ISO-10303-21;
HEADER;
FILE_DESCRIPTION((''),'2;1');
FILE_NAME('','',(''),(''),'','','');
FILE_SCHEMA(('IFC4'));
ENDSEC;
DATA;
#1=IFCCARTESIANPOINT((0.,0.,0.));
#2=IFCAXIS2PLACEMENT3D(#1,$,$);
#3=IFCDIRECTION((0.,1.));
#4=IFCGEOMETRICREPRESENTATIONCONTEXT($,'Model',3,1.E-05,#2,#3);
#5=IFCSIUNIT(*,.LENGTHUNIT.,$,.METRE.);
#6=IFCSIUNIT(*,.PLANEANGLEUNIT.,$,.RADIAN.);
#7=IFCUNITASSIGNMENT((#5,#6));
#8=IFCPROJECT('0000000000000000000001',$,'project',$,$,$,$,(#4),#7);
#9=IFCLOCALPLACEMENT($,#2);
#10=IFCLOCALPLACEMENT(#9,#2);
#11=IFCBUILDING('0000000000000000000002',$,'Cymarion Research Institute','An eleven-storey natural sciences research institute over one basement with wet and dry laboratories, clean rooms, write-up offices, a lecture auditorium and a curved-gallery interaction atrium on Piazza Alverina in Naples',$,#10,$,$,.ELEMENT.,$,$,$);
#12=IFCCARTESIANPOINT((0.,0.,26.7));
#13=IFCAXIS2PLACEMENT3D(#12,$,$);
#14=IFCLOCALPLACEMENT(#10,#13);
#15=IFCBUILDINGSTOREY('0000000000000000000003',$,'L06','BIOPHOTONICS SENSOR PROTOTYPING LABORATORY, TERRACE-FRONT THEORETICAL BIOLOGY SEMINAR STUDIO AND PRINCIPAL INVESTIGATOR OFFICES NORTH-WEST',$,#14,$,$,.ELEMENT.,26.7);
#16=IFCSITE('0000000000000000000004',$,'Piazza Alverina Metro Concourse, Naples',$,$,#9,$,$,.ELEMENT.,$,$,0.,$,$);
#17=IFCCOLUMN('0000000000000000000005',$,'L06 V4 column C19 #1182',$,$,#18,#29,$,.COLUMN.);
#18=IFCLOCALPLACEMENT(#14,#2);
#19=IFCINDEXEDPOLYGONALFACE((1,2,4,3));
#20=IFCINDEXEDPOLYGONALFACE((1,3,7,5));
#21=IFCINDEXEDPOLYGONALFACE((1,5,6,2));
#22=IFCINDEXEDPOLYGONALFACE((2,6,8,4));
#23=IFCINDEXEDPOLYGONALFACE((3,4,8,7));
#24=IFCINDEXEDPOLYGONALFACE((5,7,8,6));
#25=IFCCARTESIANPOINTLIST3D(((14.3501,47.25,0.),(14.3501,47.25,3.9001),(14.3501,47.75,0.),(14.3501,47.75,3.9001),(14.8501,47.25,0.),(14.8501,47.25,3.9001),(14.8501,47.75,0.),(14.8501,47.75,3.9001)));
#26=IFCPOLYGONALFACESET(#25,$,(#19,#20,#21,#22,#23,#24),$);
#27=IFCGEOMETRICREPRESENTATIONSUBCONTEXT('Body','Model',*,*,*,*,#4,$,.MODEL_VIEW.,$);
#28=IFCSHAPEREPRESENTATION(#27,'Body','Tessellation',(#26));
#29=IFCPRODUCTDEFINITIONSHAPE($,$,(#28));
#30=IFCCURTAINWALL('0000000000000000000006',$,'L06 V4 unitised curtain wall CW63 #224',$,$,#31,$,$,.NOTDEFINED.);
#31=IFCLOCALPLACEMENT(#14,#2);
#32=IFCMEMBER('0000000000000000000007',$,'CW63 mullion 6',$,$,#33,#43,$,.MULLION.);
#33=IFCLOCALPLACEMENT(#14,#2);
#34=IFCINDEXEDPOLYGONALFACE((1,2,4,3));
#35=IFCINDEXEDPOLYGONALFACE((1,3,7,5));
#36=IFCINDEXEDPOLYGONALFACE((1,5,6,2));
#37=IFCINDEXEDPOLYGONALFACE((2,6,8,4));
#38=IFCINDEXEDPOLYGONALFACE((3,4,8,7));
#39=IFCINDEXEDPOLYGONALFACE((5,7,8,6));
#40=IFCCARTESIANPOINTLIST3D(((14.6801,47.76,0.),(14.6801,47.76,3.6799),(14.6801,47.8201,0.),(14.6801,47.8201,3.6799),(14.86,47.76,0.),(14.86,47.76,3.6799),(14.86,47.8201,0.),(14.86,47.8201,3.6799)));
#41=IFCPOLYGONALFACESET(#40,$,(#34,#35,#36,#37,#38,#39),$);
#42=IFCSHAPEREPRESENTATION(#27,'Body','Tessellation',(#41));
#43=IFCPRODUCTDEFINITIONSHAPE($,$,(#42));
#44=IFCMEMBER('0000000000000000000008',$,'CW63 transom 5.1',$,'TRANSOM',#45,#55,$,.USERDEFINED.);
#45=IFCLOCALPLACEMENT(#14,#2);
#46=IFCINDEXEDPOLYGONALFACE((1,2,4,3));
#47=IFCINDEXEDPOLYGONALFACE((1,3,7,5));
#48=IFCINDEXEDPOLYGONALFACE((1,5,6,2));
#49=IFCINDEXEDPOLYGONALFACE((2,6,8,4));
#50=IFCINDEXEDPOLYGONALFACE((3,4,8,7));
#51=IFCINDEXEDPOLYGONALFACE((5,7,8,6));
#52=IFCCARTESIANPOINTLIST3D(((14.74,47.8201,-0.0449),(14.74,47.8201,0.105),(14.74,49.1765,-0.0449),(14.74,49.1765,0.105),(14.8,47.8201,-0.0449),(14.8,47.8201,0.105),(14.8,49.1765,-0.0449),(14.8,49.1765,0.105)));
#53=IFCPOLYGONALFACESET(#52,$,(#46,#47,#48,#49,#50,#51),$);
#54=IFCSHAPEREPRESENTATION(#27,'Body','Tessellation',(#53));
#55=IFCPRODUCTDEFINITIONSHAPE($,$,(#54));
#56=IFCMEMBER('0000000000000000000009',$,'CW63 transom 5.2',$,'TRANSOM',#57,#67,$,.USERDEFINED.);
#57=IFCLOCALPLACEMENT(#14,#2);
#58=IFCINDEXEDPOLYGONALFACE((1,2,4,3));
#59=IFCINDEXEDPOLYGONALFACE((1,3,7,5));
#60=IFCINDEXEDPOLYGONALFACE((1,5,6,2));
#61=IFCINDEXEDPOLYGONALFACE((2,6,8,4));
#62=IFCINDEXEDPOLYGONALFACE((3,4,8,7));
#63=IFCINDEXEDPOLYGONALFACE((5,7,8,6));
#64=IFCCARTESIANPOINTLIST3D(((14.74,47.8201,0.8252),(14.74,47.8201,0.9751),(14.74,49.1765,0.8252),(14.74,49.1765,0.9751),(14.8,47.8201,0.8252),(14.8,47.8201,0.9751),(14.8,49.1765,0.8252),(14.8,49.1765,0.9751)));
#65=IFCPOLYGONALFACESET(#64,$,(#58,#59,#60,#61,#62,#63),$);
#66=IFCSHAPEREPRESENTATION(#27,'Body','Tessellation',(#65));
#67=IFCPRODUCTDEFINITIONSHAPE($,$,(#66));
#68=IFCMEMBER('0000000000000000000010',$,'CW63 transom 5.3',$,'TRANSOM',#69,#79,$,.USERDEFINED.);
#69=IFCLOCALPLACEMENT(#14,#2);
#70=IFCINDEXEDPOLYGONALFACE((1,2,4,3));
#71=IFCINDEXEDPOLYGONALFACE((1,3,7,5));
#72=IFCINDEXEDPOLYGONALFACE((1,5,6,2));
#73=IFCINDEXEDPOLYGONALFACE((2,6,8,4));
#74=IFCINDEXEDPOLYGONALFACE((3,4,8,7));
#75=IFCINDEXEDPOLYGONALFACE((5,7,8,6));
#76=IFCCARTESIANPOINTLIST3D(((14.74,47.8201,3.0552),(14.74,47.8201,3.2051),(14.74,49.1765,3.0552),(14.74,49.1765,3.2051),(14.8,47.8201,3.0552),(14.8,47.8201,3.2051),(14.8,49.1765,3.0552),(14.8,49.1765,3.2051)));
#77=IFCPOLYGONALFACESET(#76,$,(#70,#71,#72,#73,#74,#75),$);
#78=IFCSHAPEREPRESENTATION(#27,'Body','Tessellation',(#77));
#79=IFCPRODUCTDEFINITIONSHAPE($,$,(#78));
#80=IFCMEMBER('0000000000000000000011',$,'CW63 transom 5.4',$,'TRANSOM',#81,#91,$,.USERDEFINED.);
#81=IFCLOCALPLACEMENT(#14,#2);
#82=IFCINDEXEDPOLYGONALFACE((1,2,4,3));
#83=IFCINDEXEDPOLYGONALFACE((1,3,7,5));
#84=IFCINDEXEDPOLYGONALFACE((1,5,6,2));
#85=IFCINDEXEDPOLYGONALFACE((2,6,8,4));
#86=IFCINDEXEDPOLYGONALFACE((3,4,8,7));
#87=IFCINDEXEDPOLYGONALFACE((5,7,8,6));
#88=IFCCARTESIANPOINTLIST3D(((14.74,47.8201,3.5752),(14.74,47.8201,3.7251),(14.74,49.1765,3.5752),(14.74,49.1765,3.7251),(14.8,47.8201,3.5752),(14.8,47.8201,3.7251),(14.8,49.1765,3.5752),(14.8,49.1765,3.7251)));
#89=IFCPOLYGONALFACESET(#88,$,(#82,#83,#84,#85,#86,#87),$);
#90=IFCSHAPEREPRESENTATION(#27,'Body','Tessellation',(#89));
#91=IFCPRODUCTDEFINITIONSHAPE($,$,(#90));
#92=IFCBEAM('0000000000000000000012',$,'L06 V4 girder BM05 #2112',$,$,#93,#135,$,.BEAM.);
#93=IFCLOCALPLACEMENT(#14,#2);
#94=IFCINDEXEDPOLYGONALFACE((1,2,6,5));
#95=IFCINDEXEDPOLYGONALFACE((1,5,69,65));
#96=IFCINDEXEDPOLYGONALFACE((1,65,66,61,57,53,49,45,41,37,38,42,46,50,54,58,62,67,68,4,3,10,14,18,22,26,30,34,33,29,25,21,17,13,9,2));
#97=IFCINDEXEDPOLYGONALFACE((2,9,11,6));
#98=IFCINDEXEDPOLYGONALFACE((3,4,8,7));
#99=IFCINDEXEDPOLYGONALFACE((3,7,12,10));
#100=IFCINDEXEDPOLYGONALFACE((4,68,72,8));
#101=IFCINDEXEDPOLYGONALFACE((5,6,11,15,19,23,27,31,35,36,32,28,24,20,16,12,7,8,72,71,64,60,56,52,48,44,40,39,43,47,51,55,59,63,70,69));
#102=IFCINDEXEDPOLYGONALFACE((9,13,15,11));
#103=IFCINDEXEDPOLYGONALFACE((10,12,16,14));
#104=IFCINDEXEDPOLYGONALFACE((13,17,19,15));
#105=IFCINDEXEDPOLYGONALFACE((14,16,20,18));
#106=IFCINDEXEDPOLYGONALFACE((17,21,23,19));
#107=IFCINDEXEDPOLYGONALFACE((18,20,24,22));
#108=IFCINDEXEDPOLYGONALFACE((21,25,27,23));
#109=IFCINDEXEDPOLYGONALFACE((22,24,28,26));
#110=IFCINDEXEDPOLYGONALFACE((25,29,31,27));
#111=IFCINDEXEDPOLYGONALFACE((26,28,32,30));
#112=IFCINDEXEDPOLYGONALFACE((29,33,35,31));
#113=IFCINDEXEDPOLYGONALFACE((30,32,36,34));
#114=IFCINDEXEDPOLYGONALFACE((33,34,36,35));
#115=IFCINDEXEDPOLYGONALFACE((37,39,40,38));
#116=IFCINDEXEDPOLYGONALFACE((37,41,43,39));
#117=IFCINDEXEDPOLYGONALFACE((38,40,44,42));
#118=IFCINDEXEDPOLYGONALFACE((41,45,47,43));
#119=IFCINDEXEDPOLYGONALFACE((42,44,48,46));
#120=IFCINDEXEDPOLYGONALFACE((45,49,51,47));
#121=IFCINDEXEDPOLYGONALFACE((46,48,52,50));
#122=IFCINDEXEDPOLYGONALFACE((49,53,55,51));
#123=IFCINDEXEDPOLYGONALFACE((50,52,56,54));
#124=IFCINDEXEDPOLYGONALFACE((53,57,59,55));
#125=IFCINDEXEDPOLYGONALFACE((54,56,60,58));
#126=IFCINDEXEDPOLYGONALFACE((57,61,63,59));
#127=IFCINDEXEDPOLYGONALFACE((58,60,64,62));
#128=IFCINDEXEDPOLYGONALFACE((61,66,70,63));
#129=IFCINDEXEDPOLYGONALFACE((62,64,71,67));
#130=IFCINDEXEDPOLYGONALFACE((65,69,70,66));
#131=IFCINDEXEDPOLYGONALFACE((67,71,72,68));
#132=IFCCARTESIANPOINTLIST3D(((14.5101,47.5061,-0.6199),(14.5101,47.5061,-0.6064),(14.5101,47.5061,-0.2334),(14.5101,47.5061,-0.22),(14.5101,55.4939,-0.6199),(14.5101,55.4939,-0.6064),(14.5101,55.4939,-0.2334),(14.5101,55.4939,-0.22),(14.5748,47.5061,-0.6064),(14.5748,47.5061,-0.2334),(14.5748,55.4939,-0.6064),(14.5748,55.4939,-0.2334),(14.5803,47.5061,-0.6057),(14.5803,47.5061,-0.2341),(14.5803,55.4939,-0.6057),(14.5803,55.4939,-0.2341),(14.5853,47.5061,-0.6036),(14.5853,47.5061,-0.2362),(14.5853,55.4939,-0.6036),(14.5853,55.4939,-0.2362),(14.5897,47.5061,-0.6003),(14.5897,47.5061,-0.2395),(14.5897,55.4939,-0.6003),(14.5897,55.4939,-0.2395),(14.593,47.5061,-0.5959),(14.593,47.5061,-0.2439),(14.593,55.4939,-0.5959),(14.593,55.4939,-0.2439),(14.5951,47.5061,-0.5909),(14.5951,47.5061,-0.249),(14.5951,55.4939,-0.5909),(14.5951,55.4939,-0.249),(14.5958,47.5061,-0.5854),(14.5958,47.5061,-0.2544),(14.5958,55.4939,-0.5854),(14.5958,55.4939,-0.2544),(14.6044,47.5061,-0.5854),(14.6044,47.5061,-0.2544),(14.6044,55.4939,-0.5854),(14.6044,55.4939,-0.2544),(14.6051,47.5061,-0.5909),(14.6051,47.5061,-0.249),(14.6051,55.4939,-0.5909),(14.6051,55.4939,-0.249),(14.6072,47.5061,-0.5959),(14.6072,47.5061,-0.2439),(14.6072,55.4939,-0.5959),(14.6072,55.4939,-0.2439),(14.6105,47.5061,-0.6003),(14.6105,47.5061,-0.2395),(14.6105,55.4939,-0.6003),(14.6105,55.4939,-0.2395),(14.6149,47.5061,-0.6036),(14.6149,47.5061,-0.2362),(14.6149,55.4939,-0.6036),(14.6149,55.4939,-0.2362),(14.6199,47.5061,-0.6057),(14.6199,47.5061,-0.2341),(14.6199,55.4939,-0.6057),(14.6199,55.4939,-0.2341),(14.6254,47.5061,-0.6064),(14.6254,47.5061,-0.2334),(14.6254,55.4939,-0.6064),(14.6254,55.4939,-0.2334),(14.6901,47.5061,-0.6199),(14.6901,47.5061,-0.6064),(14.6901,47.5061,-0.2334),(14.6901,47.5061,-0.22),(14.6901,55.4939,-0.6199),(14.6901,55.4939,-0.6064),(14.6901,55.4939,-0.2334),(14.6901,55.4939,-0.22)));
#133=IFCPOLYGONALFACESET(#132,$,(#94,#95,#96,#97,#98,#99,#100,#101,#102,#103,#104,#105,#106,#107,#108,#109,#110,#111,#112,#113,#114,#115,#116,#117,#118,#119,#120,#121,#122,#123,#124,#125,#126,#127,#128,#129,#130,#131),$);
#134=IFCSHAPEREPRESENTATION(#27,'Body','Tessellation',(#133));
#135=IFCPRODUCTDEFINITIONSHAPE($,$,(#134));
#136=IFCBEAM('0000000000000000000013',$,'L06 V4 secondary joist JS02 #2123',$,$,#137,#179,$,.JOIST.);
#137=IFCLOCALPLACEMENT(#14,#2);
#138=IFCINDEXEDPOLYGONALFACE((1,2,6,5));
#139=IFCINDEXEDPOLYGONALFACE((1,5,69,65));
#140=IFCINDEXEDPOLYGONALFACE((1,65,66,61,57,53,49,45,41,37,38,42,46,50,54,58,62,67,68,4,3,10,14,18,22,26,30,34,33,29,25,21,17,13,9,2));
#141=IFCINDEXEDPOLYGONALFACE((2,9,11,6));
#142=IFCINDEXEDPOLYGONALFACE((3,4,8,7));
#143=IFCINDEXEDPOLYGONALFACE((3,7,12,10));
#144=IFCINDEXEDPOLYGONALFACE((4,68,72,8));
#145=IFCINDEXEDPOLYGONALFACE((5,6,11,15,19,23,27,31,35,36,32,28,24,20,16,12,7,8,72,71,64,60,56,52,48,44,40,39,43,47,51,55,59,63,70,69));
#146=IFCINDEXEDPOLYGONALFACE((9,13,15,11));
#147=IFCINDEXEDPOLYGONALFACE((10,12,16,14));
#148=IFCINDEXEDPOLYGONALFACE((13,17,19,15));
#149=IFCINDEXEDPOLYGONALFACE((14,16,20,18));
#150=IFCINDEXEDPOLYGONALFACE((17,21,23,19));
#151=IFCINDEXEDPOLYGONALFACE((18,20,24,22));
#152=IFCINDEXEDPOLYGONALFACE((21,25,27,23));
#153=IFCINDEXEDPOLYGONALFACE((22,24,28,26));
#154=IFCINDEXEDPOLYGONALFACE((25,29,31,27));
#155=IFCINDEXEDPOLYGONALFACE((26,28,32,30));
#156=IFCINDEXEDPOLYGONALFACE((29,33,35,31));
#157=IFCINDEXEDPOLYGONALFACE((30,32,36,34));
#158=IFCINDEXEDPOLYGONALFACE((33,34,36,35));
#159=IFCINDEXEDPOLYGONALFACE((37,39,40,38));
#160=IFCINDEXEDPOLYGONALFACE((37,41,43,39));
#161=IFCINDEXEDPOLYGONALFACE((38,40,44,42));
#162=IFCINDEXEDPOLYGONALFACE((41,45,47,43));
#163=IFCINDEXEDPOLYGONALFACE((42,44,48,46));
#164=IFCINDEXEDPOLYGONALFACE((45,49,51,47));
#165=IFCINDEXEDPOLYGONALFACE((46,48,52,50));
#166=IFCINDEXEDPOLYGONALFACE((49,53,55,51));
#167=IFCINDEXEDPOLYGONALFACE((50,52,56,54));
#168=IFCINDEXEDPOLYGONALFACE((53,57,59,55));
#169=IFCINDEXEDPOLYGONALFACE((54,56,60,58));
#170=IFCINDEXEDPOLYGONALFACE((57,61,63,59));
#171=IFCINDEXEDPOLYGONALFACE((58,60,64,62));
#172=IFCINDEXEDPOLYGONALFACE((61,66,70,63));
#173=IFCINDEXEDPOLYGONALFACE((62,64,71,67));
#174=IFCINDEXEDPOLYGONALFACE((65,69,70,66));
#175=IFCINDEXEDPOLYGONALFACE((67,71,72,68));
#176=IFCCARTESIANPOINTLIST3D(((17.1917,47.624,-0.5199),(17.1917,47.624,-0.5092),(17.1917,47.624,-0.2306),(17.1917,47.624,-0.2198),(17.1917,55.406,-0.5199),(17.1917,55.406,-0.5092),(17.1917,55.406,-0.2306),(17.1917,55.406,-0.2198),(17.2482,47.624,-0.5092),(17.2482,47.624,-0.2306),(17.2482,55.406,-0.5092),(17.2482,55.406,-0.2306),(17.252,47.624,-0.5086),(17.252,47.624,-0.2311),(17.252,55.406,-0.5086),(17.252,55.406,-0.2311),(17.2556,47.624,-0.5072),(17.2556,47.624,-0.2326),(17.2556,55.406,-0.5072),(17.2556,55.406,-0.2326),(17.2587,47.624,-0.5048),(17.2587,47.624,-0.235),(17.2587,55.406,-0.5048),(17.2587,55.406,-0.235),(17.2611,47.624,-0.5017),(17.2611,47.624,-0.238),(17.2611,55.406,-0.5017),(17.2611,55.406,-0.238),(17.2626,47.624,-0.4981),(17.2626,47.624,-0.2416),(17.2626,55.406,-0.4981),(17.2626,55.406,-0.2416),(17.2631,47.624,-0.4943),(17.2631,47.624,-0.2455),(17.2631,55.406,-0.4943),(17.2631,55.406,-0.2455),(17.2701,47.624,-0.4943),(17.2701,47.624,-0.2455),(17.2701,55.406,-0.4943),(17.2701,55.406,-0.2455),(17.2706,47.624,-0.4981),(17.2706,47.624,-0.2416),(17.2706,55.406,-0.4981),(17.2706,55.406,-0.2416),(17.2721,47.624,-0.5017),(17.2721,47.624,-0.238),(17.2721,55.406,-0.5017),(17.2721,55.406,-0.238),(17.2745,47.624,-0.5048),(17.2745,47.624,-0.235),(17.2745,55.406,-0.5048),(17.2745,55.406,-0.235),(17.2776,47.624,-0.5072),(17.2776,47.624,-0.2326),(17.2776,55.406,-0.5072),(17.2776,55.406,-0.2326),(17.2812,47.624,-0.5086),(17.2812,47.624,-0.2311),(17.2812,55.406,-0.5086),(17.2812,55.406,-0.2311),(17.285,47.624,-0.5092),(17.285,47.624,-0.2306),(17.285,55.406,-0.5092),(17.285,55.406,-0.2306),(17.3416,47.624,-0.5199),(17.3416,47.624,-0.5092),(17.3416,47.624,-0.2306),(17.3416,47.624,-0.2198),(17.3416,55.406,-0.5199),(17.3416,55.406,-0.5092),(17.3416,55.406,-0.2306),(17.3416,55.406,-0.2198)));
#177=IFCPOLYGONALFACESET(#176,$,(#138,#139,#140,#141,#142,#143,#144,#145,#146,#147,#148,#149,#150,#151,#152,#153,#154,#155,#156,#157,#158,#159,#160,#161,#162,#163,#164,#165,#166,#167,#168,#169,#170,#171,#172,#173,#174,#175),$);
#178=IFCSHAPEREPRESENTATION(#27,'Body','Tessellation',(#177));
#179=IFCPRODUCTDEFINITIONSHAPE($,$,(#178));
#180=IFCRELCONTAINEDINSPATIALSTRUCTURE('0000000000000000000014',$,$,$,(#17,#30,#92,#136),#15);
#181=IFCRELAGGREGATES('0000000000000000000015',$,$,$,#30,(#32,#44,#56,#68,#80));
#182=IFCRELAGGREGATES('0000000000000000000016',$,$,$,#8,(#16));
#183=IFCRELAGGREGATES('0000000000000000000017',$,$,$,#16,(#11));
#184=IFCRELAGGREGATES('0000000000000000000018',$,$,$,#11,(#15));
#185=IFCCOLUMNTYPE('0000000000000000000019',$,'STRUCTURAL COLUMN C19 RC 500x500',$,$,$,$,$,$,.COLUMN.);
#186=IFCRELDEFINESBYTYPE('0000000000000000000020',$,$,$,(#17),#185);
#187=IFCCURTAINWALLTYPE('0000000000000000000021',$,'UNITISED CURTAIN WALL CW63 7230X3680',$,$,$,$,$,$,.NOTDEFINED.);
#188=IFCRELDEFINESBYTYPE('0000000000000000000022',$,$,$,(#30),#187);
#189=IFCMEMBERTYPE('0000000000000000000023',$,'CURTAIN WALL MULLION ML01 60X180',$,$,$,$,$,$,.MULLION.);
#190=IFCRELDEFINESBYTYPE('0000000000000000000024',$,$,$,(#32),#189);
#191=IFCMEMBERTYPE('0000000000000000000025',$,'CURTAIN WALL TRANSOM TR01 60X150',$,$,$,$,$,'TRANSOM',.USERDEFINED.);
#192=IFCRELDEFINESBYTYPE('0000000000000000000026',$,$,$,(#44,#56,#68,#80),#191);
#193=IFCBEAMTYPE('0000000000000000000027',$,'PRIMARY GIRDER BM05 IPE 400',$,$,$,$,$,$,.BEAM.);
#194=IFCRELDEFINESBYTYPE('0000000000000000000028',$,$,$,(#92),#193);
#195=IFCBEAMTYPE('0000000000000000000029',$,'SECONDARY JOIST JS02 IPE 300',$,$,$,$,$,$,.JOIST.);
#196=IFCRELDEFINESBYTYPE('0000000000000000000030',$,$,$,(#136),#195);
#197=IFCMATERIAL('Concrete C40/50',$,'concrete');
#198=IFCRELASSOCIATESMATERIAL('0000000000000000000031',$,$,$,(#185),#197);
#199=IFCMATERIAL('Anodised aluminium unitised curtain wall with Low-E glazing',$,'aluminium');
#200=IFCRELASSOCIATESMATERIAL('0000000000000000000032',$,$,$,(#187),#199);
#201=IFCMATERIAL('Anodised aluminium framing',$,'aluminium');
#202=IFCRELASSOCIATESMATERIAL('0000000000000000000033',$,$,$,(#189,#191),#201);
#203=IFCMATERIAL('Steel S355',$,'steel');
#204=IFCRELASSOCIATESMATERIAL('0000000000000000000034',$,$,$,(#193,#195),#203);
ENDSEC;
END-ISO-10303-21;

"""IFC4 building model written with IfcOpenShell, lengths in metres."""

from ifc_helpers import new_model, si_unit, direction, frame, origin, origin_2d, place, context, subcontext, project, spatial, rectangle, i_section, extrude, material, material_profile, profile_set, type_object, element, aggregate, save


model = new_model("IFC4")

# Units and contexts
model_context = context("Model", 3, precision=1e-05, world=origin(), true_north=direction((0.0, 1.0)))
body_context = subcontext(model_context, "Body", "Model", "MODEL_VIEW")
ifc_project = project(units=[si_unit("LENGTHUNIT", "METRE"), si_unit("PLANEANGLEUNIT", "RADIAN")], contexts=[model_context])

# Site, building, storey
site_placement = place(None, origin())
site = spatial("IfcSite", under=ifc_project, at=site_placement, Name="Piazza Alverina Metro Concourse, Naples", CompositionType="ELEMENT", RefElevation=0.0)
building_placement = place(site_placement, origin())
building = spatial("IfcBuilding", under=site, at=building_placement, Name="Cymarion Research Institute", Description="An eleven-storey natural sciences research institute over one basement with wet and dry laboratories, clean rooms, write-up offices, a lecture auditorium and a curved-gallery interaction atrium on Piazza Alverina in Naples", CompositionType="ELEMENT")
storey_placement = place(building_placement, frame((0.0, 0.0, 26.7)))
storey = spatial("IfcBuildingStorey", under=building, at=storey_placement, Name="L06", Description="BIOPHOTONICS SENSOR PROTOTYPING LABORATORY, TERRACE-FRONT THEORETICAL BIOLOGY SEMINAR STUDIO AND PRINCIPAL INVESTIGATOR OFFICES NORTH-WEST", CompositionType="ELEMENT", Elevation=26.7)

# Column
ifc_material_1 = material(Name="Concrete C40/50", Category="concrete")
ifc_material_profile_1 = material_profile(ifc_material_1, rectangle(XDim=0.5, YDim=0.5, at=origin_2d()), Name="RC 500x500")
ifc_profile_set_1 = profile_set([ifc_material_profile_1], Name="Concrete C40/50")
column_type = type_object("IfcColumnType", Name="STRUCTURAL COLUMN C19 RC 500x500", PredefinedType="COLUMN", material=ifc_profile_set_1)
column_placement = place(storey_placement, frame((14.6001, 47.5, 0.0), z_axis=(0.0, 0.0, 1.0), x_axis=(1.0, 0.0, 0.0)))
element("IfcColumn", 1, at=column_placement, inside=storey, type_object=column_type, Name="L06 V4 column C19 #1182", PredefinedType="COLUMN", context=body_context, shape_type="SweptSolid", body=[
    extrude(rectangle(XDim=0.5, YDim=0.5, at=origin_2d()), origin(), (0.0, 0.0, 1.0), 3.9001),
])

# Curtain wall, members
ifc_material_2 = material(Name="Anodised aluminium unitised curtain wall with Low-E glazing", Category="aluminium")
curtain_wall_type = type_object("IfcCurtainWallType", Name="UNITISED CURTAIN WALL CW63 7230X3680", PredefinedType="NOTDEFINED", material=ifc_material_2)
curtain_wall_placement = place(storey_placement, origin())
curtain_wall = element("IfcCurtainWall", 2, at=curtain_wall_placement, inside=storey, type_object=curtain_wall_type, Name="L06 V4 unitised curtain wall CW63 #224", PredefinedType="NOTDEFINED")
ifc_material_3 = material(Name="Anodised aluminium framing", Category="aluminium")
ifc_material_profile_2 = material_profile(ifc_material_3, rectangle(XDim=0.0601, YDim=0.1799, at=origin_2d()), Name="ALU MULLION 60x180")
ifc_profile_set_2 = profile_set([ifc_material_profile_2], Name="Anodised aluminium framing")
member_type_1 = type_object("IfcMemberType", Name="CURTAIN WALL MULLION ML01 60X180", PredefinedType="MULLION", material=ifc_profile_set_2)
member_1_placement = place(storey_placement, frame((14.77, 47.79, 0.0), z_axis=(0.0, 0.0, 1.0), x_axis=(0.0, -1.0, 0.0)))
member_1 = element("IfcMember", 3, at=member_1_placement, type_object=member_type_1, Name="CW63 mullion 6", PredefinedType="MULLION", context=body_context, shape_type="SweptSolid", body=[
    extrude(rectangle(XDim=0.0601, YDim=0.1799, at=origin_2d()), origin(), (0.0, 0.0, 1.0), 3.6799),
])
ifc_material_profile_3 = material_profile(ifc_material_3, rectangle(XDim=0.0601, YDim=0.1499, at=origin_2d()), Name="ALU TRANSOM 60x150")
ifc_profile_set_3 = profile_set([ifc_material_profile_3], Name="Anodised aluminium framing")
member_type_2 = type_object("IfcMemberType", Name="CURTAIN WALL TRANSOM TR01 60X150", ElementType="TRANSOM", PredefinedType="USERDEFINED", material=ifc_profile_set_3)
member_2_placement = place(storey_placement, frame((14.77, 49.1765, 0.03), z_axis=(0.0, -1.0, 0.0), x_axis=(1.0, 0.0, 0.0)))
member_2 = element("IfcMember", 4, at=member_2_placement, type_object=member_type_2, Name="CW63 transom 5.1", ObjectType="TRANSOM", PredefinedType="USERDEFINED", context=body_context, shape_type="SweptSolid", body=[
    extrude(rectangle(XDim=0.0601, YDim=0.1499, at=origin_2d()), origin(), (0.0, 0.0, 1.0), 1.3564),
])
member_3_placement = place(storey_placement, frame((14.77, 49.1765, 0.9001), z_axis=(0.0, -1.0, 0.0), x_axis=(1.0, 0.0, 0.0)))
member_3 = element("IfcMember", 5, at=member_3_placement, type_object=member_type_2, Name="CW63 transom 5.2", ObjectType="TRANSOM", PredefinedType="USERDEFINED", context=body_context, shape_type="SweptSolid", body=[
    extrude(rectangle(XDim=0.0601, YDim=0.1499, at=origin_2d()), origin(), (0.0, 0.0, 1.0), 1.3564),
])
member_4_placement = place(storey_placement, frame((14.77, 49.1765, 3.1301), z_axis=(0.0, -1.0, 0.0), x_axis=(1.0, 0.0, 0.0)))
member_4 = element("IfcMember", 6, at=member_4_placement, type_object=member_type_2, Name="CW63 transom 5.3", ObjectType="TRANSOM", PredefinedType="USERDEFINED", context=body_context, shape_type="SweptSolid", body=[
    extrude(rectangle(XDim=0.0601, YDim=0.1499, at=origin_2d()), origin(), (0.0, 0.0, 1.0), 1.3564),
])
member_5_placement = place(storey_placement, frame((14.77, 49.1765, 3.6501), z_axis=(0.0, -1.0, 0.0), x_axis=(1.0, 0.0, 0.0)))
member_5 = element("IfcMember", 7, at=member_5_placement, type_object=member_type_2, Name="CW63 transom 5.4", ObjectType="TRANSOM", PredefinedType="USERDEFINED", context=body_context, shape_type="SweptSolid", body=[
    extrude(rectangle(XDim=0.0601, YDim=0.1499, at=origin_2d()), origin(), (0.0, 0.0, 1.0), 1.3564),
])

# Beams
ifc_material_4 = material(Name="Steel S355", Category="steel")
ifc_material_profile_4 = material_profile(ifc_material_4, i_section(OverallWidth=0.1799, OverallDepth=0.3999, WebThickness=0.0085, FlangeThickness=0.0134, FilletRadius=0.021, at=origin_2d()), Name="IPE 400")
ifc_profile_set_4 = profile_set([ifc_material_profile_4], Name="Steel S355")
beam_type_1 = type_object("IfcBeamType", Name="PRIMARY GIRDER BM05 IPE 400", PredefinedType="BEAM", material=ifc_profile_set_4)
beam_1_placement = place(storey_placement, frame((14.6001, 47.5061, -0.4199), z_axis=(0.0, 1.0, 0.0), x_axis=(-1.0, 0.0, 0.0)))
element("IfcBeam", 8, at=beam_1_placement, inside=storey, type_object=beam_type_1, Name="L06 V4 girder BM05 #2112", PredefinedType="BEAM", context=body_context, shape_type="SweptSolid", body=[
    extrude(i_section(OverallWidth=0.1799, OverallDepth=0.3999, WebThickness=0.0085, FlangeThickness=0.0134, FilletRadius=0.021, at=origin_2d()), origin(), (0.0, 0.0, 1.0), 7.9878),
])
ifc_material_profile_5 = material_profile(ifc_material_4, i_section(OverallWidth=0.1499, OverallDepth=0.3, WebThickness=0.0071, FlangeThickness=0.0107, FilletRadius=0.0149, at=origin_2d()), Name="IPE 300")
ifc_profile_set_5 = profile_set([ifc_material_profile_5], Name="Steel S355")
beam_type_2 = type_object("IfcBeamType", Name="SECONDARY JOIST JS02 IPE 300", PredefinedType="JOIST", material=ifc_profile_set_5)
beam_2_placement = place(storey_placement, frame((17.2666, 47.624, -0.3699), z_axis=(0.0, 1.0, 0.0), x_axis=(-1.0, 0.0, 0.0)))
element("IfcBeam", 9, at=beam_2_placement, inside=storey, type_object=beam_type_2, Name="L06 V4 secondary joist JS02 #2123", PredefinedType="JOIST", context=body_context, shape_type="SweptSolid", body=[
    extrude(i_section(OverallWidth=0.1499, OverallDepth=0.3, WebThickness=0.0071, FlangeThickness=0.0107, FilletRadius=0.0149, at=origin_2d()), origin(), (0.0, 0.0, 1.0), 7.782),
])

aggregate(curtain_wall, [member_1, member_2, member_3, member_4, member_5])

save(model, "model.ifc")
